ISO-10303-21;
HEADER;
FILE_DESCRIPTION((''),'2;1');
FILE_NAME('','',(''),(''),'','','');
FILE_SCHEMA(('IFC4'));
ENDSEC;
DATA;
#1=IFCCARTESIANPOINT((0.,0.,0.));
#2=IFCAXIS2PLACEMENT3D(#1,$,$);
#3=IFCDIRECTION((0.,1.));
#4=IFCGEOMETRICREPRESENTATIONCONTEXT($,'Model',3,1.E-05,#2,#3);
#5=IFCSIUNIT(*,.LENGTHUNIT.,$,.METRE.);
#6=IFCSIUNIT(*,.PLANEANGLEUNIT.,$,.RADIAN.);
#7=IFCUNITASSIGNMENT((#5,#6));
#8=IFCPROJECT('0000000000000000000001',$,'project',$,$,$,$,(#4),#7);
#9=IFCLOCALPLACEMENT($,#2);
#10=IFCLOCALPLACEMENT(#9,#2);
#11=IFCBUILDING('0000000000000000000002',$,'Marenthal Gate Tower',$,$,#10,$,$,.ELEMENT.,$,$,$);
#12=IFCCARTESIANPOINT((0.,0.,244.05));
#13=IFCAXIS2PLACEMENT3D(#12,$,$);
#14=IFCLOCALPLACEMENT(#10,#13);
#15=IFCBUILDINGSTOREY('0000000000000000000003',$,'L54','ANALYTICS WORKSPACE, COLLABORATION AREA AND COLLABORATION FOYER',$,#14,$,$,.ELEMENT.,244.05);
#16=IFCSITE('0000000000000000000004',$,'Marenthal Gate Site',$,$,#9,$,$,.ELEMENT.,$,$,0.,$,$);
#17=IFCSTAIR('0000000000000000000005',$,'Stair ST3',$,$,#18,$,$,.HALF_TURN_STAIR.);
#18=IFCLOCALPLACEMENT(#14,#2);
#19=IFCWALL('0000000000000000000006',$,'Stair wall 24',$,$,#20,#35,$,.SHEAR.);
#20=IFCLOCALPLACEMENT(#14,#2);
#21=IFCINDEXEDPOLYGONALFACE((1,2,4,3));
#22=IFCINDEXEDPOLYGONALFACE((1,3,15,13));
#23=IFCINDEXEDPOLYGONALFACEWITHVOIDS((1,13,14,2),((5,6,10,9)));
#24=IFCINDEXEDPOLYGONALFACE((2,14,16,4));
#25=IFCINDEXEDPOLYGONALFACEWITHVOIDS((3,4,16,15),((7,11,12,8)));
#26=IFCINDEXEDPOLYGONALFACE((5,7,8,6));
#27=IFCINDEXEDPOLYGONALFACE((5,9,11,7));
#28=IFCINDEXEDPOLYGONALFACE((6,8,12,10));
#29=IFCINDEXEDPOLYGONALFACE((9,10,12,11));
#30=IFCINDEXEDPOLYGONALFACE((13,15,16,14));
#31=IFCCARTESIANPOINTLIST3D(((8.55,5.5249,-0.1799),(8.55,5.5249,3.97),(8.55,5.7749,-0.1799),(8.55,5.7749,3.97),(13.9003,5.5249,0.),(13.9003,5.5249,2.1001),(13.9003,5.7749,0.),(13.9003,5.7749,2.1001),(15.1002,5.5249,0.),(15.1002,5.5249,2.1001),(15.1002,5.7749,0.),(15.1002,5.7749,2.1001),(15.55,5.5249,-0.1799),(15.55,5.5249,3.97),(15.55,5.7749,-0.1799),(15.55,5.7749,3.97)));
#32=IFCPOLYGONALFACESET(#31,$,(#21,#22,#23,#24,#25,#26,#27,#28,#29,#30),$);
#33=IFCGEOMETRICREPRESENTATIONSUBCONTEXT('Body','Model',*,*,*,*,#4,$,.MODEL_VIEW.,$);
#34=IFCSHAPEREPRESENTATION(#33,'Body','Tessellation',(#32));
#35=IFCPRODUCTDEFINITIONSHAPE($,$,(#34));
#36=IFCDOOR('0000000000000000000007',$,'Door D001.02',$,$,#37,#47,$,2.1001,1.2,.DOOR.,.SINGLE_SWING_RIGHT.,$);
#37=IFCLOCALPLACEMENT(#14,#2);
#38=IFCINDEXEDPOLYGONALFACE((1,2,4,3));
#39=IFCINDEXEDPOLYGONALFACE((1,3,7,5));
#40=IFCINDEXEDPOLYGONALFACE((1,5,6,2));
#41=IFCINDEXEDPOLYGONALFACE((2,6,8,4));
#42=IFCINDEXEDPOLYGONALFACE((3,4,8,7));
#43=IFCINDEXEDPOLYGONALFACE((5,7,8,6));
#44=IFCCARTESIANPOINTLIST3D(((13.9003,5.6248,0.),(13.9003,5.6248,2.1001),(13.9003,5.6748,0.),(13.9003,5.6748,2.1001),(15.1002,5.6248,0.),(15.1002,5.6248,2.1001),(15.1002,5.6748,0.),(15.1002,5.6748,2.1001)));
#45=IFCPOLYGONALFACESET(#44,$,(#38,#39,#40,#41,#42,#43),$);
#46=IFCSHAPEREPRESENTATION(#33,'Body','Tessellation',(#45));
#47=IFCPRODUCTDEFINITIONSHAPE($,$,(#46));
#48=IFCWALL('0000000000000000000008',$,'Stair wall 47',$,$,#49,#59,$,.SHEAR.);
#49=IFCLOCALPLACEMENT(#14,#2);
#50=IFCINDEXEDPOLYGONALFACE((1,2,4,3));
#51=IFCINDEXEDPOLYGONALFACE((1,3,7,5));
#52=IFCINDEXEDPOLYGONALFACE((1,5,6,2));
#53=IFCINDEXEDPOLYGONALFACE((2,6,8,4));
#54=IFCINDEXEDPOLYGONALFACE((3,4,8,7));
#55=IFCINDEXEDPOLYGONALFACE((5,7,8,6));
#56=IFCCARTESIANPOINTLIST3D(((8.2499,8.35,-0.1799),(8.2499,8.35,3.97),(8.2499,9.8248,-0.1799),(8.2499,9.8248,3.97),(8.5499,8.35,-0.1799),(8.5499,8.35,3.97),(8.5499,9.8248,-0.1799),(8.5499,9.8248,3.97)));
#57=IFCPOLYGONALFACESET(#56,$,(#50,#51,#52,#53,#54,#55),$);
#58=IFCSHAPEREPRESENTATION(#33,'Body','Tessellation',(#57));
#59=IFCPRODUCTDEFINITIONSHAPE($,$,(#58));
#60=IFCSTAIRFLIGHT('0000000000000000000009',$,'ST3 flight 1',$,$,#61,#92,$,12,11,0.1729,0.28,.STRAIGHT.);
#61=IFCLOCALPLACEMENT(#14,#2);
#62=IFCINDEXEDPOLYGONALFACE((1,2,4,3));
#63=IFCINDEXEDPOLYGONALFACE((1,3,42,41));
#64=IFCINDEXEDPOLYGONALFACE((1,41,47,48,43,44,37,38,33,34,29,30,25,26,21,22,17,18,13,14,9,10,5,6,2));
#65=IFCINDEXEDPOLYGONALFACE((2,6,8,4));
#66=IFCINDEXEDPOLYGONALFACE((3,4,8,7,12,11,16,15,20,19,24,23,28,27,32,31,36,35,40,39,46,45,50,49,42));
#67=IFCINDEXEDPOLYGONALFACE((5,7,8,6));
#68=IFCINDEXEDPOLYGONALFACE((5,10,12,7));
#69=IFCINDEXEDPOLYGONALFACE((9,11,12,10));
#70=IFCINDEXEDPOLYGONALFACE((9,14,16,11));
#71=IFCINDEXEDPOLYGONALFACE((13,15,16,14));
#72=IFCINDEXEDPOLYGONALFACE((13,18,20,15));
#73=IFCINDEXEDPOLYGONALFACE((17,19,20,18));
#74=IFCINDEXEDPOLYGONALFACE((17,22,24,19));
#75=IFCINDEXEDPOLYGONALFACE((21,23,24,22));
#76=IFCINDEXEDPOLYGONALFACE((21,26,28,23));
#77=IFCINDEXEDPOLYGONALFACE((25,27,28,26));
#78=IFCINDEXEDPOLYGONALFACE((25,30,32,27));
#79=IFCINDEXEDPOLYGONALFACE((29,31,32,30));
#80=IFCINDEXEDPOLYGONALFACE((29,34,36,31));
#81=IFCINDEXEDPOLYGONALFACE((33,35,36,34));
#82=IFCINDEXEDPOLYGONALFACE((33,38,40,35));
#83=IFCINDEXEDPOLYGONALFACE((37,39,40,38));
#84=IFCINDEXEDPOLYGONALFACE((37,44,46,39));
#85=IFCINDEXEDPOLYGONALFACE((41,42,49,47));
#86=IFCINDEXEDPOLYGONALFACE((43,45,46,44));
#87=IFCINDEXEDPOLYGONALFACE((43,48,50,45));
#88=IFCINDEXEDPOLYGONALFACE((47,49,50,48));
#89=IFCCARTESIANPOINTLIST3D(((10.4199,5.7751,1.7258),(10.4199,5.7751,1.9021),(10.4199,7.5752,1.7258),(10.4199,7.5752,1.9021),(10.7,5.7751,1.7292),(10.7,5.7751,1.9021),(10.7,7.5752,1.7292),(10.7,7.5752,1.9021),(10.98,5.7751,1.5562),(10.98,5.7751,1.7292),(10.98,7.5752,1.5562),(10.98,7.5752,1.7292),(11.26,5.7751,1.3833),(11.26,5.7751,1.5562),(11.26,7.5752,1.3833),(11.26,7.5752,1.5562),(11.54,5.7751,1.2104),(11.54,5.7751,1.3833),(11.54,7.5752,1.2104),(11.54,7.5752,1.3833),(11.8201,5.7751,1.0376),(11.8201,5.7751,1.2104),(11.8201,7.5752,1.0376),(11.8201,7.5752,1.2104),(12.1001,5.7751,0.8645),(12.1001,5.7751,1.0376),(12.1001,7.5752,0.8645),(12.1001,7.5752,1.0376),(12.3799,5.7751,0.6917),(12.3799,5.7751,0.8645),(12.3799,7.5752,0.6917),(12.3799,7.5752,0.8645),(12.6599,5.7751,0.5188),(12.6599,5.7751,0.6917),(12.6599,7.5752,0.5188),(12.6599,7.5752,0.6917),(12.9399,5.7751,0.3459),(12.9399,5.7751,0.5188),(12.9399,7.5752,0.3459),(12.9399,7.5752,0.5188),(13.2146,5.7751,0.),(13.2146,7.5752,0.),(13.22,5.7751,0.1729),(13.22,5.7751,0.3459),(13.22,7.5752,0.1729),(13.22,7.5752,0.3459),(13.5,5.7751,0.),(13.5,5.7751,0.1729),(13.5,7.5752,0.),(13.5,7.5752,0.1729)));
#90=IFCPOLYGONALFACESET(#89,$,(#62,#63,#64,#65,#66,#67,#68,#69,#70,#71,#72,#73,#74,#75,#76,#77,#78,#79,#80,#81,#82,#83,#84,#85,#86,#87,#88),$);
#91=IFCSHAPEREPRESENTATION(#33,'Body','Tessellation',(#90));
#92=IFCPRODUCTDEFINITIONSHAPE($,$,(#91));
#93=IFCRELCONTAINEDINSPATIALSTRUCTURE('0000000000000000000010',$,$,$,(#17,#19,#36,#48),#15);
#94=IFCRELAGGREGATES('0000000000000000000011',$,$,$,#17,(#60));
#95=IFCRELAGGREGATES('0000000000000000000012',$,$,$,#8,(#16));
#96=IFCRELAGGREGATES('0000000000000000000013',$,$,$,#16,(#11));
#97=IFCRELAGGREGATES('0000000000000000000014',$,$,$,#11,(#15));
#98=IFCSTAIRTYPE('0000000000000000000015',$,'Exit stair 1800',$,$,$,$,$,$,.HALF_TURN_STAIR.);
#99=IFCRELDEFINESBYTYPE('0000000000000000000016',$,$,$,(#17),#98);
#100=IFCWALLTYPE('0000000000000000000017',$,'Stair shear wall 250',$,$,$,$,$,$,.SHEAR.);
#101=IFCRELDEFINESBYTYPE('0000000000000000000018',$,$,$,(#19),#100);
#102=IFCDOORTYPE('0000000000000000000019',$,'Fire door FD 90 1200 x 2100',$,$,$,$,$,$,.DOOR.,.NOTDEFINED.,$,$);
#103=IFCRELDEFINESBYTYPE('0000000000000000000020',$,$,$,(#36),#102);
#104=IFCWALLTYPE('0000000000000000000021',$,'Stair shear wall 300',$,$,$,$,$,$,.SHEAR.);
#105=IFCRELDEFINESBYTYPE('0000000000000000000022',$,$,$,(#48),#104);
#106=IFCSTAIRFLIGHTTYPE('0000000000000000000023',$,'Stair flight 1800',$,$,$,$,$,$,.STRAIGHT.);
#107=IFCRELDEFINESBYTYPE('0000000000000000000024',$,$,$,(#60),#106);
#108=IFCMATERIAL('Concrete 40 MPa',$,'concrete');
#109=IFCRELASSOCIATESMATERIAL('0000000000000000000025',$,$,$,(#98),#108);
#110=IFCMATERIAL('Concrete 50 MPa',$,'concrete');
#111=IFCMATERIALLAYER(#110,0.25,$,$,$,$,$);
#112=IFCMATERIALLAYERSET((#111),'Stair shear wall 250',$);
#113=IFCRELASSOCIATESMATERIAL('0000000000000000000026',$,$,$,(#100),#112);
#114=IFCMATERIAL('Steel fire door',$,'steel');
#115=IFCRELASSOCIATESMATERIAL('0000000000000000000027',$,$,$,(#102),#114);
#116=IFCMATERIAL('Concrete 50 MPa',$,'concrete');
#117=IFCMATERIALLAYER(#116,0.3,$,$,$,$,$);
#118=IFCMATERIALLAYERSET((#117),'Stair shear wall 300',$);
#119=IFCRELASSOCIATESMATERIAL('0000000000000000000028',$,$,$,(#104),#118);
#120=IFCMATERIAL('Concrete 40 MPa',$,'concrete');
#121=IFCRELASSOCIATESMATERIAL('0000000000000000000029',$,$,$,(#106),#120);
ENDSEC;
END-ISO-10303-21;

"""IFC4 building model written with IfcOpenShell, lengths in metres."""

from ifc_helpers import new_model, si_unit, direction, frame, frame_2d, origin, place, context, subcontext, project, spatial, polyline, rectangle, outline, extrude, material, layer, layer_set, type_object, element, fill, aggregate, save


model = new_model("IFC4")

# Units and contexts
model_context = context("Model", 3, precision=1e-05, world=origin(), true_north=direction((0.0, 1.0)))
body_context = subcontext(model_context, "Body", "Model", "MODEL_VIEW")
ifc_project = project(units=[si_unit("LENGTHUNIT", "METRE"), si_unit("PLANEANGLEUNIT", "RADIAN")], contexts=[model_context])

# Site, building, storey
site_placement = place(None, origin())
site = spatial("IfcSite", under=ifc_project, at=site_placement, Name="Marenthal Gate Site", CompositionType="ELEMENT", RefElevation=0.0)
building_placement = place(site_placement, origin())
building = spatial("IfcBuilding", under=site, at=building_placement, Name="Marenthal Gate Tower", CompositionType="ELEMENT")
storey_placement = place(building_placement, frame((0.0, 0.0, 244.05)))
storey = spatial("IfcBuildingStorey", under=building, at=storey_placement, Name="L54", Description="ANALYTICS WORKSPACE, COLLABORATION AREA AND COLLABORATION FOYER", CompositionType="ELEMENT", Elevation=244.05)

# Stair
ifc_material_1 = material(Name="Concrete 40 MPa", Category="concrete")
stair_type = type_object("IfcStairType", Name="Exit stair 1800", PredefinedType="HALF_TURN_STAIR", material=ifc_material_1)
stair_1_placement = place(storey_placement, origin())
stair_1 = element("IfcStair", 1, at=stair_1_placement, inside=storey, type_object=stair_type, Name="Stair ST3", PredefinedType="HALF_TURN_STAIR")

# Wall, opening, door
ifc_material_2 = material(Name="Concrete 50 MPa", Category="concrete")
ifc_layer_1 = layer(ifc_material_2, 0.25)
ifc_layer_set_1 = layer_set([ifc_layer_1], Name="Stair shear wall 250")
wall_type_1 = type_object("IfcWallType", Name="Stair shear wall 250", PredefinedType="SHEAR", material=ifc_layer_set_1)
wall_1_placement = place(storey_placement, frame((8.55, 5.6499, -0.1799), z_axis=(0.0, 0.0, 1.0), x_axis=(1.0, 0.0, 0.0)))
wall_1 = element("IfcWall", 2, at=wall_1_placement, inside=storey, type_object=wall_type_1, Name="Stair wall 24", PredefinedType="SHEAR", context=body_context, shape_type="SweptSolid", body=[
    extrude(rectangle(XDim=7.0, YDim=0.25, at=frame_2d((3.5, 0.0))), origin(), (0.0, 0.0, 1.0), 4.1499),
])
opening_placement = place(wall_1_placement, frame((5.3501, 0.0, 0.1799)))
opening = element("IfcOpeningElement", 3, at=opening_placement, cuts=wall_1, PredefinedType="OPENING", context=body_context, shape_type="SweptSolid", body=[
    extrude(rectangle(XDim=1.2, YDim=2.1001, at=frame_2d((0.6001, 1.05))), frame((0.0, 0.135, 0.0), z_axis=(0.0, -1.0, 0.0), x_axis=(1.0, 0.0, 0.0)), (0.0, 0.0, 1.0), 0.27),
])
ifc_material_3 = material(Name="Steel fire door", Category="steel")
door_type = type_object("IfcDoorType", Name="Fire door FD 90 1200 x 2100", OperationType="NOTDEFINED", PredefinedType="DOOR", material=ifc_material_3)
door_placement = place(opening_placement, origin())
door = element("IfcDoor", 4, at=door_placement, inside=storey, type_object=door_type, Name="Door D001.02", OperationType="SINGLE_SWING_RIGHT", OverallHeight=2.1001, OverallWidth=1.2, PredefinedType="DOOR", context=body_context, shape_type="SweptSolid", body=[
    extrude(rectangle(XDim=1.2, YDim=2.1001, at=frame_2d((0.6001, 1.05))), frame((0.0, 0.0249, 0.0), z_axis=(0.0, -1.0, 0.0), x_axis=(1.0, 0.0, 0.0)), (0.0, 0.0, 1.0), 0.05),
])
fill(opening, door)

# Wall
ifc_material_4 = material(Name="Concrete 50 MPa", Category="concrete")
ifc_layer_2 = layer(ifc_material_4, 0.3)
ifc_layer_set_2 = layer_set([ifc_layer_2], Name="Stair shear wall 300")
wall_type_2 = type_object("IfcWallType", Name="Stair shear wall 300", PredefinedType="SHEAR", material=ifc_layer_set_2)
wall_2_placement = place(storey_placement, frame((8.3999, 8.3501, -0.1799), z_axis=(0.0, 0.0, 1.0), x_axis=(0.0, 1.0, 0.0)))
element("IfcWall", 5, at=wall_2_placement, inside=storey, type_object=wall_type_2, Name="Stair wall 47", PredefinedType="SHEAR", context=body_context, shape_type="SweptSolid", body=[
    extrude(rectangle(XDim=1.4749, YDim=0.3, at=frame_2d((0.7373, 0.0))), origin(), (0.0, 0.0, 1.0), 4.1499),
])

# Stair flight
ifc_material_5 = material(Name="Concrete 40 MPa", Category="concrete")
stair_flight_type = type_object("IfcStairFlightType", Name="Stair flight 1800", PredefinedType="STRAIGHT", material=ifc_material_5)
stair_flight_placement = place(storey_placement, frame((13.5, 6.675, 0.0), z_axis=(0.0, 0.0, 1.0), x_axis=(-1.0, 0.0, 0.0)))
stair_flight = element("IfcStairFlight", 6, at=stair_flight_placement, type_object=stair_flight_type, Name="ST3 flight 1", NumberOfRisers=12, NumberOfTreads=11, PredefinedType="STRAIGHT", RiserHeight=0.1729, TreadLength=0.28, context=body_context, shape_type="SweptSolid", body=[
    extrude(outline(polyline([(0.0, 0.0), (0.0, 0.1729), (0.28, 0.1729), (0.28, 0.3459), (0.5601, 0.3459), (0.5601, 0.5188), (0.8401, 0.5188), (0.8401, 0.6917), (1.1201, 0.6917), (1.1201, 0.8645), (1.3999, 0.8645), (1.3999, 1.0376), (1.6799, 1.0376), (1.6799, 1.2104), (1.96, 1.2104), (1.96, 1.3833), (2.24, 1.3833), (2.24, 1.5562), (2.52, 1.5562), (2.52, 1.7292), (2.8, 1.7292), (2.8, 1.9021), (3.0801, 1.9021), (3.0801, 2.075), (3.0801, 1.7258), (0.2854, 0.0), (0.0, 0.0)])), frame((0.0, 0.8999, 0.0), z_axis=(0.0, -1.0, 0.0), x_axis=(1.0, 0.0, 0.0)), (0.0, 0.0, 1.0), 1.8),
])
aggregate(stair_1, [stair_flight])

save(model, "model.ifc")
